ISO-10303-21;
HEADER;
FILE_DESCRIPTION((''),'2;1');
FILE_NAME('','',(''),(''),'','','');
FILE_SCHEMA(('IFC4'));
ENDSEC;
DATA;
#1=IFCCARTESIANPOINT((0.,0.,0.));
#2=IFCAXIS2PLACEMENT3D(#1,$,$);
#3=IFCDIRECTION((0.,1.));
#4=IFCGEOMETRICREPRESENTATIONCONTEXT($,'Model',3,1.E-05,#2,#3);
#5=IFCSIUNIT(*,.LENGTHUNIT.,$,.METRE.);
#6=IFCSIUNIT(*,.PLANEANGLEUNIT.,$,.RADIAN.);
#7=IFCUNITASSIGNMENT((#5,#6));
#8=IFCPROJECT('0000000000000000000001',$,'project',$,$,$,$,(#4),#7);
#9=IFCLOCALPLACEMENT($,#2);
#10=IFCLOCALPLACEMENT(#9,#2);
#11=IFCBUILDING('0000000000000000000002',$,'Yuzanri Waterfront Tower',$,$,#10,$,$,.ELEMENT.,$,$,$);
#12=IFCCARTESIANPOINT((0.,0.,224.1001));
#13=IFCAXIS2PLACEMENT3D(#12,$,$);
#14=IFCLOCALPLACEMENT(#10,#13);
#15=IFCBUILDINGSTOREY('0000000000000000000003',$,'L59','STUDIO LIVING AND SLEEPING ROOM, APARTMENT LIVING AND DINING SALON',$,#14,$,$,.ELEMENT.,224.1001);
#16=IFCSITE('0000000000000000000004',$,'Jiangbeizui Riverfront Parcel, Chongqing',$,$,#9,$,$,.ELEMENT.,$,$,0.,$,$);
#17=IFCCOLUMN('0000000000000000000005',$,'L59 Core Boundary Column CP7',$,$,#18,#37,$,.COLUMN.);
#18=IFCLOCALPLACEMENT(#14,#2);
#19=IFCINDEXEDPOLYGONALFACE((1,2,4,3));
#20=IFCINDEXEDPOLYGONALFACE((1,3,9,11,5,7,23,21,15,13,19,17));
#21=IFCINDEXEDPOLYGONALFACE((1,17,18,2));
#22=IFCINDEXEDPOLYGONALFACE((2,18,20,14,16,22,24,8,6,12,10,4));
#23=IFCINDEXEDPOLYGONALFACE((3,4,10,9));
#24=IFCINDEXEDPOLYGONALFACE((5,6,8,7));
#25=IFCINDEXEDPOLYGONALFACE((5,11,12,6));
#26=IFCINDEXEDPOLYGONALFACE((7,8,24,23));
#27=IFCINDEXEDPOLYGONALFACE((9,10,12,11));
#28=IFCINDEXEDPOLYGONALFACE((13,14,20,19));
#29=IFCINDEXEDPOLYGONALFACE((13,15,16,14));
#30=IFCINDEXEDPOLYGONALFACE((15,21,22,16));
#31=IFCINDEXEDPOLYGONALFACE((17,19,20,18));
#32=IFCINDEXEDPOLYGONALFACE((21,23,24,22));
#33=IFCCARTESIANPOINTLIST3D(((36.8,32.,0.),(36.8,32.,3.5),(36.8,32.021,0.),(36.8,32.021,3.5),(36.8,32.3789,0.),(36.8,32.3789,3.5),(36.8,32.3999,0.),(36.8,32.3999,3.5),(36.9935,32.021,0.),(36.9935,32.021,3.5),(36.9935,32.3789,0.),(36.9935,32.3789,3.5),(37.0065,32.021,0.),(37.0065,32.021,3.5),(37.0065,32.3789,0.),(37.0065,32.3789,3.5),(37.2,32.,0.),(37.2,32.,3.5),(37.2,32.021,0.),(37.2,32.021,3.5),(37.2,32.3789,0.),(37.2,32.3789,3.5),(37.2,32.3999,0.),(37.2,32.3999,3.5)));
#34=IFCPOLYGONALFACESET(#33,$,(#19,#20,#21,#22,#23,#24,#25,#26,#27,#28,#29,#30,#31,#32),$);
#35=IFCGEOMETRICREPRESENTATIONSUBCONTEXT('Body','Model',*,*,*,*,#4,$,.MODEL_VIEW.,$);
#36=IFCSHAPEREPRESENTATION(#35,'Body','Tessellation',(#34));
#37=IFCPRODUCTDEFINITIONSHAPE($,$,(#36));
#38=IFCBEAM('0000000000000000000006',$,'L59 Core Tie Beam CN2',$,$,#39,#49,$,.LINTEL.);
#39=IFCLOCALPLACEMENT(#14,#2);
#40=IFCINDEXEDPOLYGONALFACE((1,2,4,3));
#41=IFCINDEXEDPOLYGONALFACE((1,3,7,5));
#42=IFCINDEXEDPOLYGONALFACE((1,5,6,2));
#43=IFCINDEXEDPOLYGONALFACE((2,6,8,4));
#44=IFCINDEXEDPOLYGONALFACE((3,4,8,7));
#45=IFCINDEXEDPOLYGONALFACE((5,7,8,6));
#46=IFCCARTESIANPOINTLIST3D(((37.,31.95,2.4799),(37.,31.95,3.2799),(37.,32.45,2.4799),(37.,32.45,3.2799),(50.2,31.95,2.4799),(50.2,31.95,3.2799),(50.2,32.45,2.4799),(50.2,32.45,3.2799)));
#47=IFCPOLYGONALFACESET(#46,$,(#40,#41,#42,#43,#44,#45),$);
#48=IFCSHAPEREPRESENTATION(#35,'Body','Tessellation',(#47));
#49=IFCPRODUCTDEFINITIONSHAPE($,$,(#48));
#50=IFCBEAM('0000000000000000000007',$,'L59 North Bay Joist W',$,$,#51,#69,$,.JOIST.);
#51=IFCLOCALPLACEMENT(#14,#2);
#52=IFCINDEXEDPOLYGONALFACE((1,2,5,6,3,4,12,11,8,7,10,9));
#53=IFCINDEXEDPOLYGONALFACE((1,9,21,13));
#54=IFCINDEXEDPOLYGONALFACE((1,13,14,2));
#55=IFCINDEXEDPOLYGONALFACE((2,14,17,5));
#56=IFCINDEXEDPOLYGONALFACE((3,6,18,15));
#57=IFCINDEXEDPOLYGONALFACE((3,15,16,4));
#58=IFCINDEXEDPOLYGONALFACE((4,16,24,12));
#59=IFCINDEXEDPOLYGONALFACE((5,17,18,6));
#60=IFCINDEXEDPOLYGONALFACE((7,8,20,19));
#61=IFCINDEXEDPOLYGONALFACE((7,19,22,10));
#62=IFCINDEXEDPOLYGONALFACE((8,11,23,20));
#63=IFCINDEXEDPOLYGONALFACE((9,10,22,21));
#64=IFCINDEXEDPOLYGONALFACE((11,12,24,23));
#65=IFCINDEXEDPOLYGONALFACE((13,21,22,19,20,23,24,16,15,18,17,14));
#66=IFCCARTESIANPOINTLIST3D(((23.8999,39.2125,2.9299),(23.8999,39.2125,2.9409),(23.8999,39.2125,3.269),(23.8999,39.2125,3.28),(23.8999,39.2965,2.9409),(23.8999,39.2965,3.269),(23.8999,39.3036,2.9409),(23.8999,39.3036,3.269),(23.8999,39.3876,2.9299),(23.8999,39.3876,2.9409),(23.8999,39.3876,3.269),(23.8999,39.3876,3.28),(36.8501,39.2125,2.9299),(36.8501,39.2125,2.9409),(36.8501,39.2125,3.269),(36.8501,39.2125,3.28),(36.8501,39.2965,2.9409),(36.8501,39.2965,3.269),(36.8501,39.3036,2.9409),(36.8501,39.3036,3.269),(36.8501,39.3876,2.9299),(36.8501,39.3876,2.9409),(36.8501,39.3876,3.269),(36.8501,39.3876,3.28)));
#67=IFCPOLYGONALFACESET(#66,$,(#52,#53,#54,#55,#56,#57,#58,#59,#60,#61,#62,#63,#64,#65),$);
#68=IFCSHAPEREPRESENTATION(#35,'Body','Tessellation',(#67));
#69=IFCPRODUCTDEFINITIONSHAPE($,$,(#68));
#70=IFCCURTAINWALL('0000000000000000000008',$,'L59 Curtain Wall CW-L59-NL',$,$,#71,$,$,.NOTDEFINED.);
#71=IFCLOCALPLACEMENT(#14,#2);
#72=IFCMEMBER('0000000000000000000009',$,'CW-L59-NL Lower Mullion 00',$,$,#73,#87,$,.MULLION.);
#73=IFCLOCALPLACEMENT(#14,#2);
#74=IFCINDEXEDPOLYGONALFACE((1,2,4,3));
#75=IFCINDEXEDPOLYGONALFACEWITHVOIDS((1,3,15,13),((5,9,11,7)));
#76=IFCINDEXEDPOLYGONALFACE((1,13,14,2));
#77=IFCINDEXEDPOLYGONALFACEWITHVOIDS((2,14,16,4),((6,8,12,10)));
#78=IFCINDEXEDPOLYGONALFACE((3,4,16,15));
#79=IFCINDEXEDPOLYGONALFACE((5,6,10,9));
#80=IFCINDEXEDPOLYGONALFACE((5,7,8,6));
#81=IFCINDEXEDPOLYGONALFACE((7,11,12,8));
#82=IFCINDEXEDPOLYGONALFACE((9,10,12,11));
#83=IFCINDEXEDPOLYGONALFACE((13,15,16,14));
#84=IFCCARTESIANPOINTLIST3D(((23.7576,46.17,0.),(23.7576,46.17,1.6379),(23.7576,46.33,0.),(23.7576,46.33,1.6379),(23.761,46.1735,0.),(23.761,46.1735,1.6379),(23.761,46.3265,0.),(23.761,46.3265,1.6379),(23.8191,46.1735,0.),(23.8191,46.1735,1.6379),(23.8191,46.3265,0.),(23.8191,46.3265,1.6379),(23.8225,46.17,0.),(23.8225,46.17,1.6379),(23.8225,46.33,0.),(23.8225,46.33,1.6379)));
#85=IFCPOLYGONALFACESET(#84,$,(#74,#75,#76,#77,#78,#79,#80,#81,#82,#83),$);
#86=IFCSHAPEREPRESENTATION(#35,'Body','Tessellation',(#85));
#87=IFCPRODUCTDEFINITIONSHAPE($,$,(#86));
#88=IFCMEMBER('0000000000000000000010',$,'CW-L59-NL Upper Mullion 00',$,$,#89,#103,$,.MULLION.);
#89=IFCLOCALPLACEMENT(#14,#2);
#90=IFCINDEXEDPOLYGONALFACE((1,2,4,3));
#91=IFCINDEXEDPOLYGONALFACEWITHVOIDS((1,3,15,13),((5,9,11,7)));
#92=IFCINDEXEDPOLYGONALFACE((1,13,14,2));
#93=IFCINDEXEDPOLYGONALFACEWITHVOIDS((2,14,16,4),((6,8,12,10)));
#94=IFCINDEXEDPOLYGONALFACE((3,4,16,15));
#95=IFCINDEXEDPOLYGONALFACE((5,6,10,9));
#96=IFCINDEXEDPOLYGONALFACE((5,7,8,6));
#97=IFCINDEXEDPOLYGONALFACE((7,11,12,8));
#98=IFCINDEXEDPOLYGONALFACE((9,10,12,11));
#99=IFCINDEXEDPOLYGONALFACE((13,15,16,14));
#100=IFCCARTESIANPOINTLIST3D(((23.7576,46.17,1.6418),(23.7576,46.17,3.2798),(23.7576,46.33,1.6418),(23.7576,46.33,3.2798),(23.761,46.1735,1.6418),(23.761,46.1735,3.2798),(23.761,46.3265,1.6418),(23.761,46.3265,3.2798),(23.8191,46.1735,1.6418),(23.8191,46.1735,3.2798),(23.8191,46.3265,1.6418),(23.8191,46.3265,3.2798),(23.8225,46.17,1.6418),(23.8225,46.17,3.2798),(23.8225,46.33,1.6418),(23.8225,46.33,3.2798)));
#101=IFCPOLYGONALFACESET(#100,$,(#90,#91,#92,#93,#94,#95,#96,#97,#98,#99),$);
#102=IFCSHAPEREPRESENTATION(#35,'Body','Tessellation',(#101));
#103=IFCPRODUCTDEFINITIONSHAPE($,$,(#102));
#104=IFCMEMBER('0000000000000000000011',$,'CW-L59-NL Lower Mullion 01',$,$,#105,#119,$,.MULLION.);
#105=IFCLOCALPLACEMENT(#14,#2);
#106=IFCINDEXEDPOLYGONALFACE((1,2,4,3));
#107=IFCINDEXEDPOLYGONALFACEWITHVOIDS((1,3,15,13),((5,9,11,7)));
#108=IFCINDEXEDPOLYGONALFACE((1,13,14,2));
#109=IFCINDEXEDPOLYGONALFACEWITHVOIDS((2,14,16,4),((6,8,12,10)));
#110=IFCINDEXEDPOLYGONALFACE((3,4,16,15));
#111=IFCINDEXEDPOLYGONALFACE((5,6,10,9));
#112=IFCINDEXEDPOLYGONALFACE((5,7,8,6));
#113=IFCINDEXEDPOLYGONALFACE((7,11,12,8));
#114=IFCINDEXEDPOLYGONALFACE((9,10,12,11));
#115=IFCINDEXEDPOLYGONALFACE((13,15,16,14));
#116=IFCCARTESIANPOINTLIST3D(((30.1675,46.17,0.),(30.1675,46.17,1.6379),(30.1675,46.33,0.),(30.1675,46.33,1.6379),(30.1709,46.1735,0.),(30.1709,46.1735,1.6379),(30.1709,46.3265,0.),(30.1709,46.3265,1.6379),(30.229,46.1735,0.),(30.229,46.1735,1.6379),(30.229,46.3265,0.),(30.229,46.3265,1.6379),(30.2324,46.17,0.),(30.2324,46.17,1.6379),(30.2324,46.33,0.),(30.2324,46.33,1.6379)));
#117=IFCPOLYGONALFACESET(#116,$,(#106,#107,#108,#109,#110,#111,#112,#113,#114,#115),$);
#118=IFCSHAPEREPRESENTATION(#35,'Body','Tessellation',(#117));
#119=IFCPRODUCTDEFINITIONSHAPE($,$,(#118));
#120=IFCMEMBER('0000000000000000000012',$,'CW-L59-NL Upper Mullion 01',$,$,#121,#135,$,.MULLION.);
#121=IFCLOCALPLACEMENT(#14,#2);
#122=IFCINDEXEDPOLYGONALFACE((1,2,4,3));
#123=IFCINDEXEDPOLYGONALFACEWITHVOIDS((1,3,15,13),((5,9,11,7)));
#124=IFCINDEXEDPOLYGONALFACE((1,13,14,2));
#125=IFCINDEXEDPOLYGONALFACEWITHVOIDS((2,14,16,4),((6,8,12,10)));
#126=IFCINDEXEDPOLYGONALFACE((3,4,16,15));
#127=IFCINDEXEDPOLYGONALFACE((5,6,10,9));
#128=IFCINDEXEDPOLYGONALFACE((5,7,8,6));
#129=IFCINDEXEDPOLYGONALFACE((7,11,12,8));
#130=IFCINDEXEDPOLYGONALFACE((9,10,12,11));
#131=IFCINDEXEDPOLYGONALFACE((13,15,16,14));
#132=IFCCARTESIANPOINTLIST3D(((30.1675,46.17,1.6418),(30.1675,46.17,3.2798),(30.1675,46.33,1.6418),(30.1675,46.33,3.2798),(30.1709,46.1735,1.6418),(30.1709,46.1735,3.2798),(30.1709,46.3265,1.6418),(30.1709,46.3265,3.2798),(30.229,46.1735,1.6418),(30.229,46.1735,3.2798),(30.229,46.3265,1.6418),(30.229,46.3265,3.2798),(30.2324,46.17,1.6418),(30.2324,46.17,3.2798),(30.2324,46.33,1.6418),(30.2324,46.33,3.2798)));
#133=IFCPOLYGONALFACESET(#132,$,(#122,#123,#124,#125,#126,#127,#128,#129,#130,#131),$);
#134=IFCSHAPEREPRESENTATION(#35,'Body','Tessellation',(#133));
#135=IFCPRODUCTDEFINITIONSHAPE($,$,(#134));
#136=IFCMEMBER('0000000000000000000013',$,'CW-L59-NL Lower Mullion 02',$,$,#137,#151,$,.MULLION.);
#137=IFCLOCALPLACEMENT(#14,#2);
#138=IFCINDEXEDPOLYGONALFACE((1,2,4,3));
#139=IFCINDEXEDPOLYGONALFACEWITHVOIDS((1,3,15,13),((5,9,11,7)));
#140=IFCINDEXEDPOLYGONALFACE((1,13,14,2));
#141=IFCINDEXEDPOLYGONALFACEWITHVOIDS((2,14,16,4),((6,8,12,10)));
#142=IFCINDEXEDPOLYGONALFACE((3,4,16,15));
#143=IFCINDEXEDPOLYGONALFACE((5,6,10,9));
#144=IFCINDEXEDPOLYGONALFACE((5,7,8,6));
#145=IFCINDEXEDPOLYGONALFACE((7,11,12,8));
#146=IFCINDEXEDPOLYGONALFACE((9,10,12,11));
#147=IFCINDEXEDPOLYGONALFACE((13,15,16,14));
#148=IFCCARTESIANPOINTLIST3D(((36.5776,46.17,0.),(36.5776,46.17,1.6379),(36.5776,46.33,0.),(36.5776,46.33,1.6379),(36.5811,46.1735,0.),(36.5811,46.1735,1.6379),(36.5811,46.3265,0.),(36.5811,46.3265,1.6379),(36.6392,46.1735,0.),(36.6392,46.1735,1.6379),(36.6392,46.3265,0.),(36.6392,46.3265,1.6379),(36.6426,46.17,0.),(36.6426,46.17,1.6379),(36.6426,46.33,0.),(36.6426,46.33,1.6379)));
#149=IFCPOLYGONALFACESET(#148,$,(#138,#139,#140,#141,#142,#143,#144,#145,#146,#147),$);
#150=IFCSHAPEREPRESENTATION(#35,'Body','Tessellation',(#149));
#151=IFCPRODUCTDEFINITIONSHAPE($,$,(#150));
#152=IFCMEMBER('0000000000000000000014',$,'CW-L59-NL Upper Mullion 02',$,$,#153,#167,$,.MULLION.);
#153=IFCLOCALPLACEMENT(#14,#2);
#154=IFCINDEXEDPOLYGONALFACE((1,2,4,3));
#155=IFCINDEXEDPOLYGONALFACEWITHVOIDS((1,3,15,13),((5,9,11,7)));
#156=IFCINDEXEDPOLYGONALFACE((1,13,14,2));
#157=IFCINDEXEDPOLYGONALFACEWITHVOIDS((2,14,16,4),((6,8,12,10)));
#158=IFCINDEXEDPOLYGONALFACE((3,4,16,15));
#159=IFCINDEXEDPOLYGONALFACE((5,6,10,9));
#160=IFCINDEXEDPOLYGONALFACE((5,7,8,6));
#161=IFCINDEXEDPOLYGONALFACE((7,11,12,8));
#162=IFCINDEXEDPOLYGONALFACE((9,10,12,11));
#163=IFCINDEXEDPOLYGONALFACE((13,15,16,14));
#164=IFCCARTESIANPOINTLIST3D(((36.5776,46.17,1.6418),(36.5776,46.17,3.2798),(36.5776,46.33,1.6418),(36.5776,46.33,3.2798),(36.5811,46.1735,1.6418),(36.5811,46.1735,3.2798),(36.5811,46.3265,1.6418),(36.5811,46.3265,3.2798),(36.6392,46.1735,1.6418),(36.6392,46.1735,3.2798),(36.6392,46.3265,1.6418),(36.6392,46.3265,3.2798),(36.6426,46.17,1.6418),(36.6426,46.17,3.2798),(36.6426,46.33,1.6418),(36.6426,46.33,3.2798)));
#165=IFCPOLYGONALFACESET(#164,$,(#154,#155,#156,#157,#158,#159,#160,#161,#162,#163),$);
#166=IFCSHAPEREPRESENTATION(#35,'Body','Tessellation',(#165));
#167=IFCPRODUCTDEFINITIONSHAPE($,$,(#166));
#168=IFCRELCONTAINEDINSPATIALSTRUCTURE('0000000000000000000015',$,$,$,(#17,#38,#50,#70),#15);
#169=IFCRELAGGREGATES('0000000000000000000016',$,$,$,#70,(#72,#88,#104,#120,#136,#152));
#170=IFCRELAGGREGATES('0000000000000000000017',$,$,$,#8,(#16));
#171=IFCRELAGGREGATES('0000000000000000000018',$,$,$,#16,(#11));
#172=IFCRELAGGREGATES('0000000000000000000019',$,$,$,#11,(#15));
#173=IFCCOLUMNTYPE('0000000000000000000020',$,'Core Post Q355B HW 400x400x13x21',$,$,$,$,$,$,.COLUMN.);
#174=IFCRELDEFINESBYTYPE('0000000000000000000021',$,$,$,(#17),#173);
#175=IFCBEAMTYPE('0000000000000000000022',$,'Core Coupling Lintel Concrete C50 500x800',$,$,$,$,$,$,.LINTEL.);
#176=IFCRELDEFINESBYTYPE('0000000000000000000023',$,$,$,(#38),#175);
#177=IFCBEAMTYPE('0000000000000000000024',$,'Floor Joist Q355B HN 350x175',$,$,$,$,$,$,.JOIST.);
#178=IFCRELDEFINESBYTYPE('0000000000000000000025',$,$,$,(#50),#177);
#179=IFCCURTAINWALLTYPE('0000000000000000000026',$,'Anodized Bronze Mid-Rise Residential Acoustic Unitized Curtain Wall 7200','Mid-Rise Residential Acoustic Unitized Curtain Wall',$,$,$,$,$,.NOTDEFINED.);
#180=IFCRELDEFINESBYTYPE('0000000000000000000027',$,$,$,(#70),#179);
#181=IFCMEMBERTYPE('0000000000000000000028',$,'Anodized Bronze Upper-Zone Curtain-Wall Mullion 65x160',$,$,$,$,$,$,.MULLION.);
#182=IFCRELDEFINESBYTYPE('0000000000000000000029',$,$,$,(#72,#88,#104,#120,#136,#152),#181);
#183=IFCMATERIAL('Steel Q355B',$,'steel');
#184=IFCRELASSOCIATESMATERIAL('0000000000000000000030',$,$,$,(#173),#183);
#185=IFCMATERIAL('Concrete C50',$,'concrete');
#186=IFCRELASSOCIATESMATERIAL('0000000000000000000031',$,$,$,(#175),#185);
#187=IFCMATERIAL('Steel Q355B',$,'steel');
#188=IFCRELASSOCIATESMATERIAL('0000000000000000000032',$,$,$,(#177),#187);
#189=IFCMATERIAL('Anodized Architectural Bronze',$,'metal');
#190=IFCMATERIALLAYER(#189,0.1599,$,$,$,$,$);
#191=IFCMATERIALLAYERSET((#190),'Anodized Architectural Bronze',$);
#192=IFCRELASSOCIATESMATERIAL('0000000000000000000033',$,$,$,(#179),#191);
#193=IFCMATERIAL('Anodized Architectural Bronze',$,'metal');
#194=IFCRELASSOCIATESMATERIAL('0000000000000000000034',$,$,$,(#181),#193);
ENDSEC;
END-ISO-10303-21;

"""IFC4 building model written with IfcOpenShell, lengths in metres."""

from ifc_helpers import new_model, si_unit, direction, frame, origin, origin_2d, place, context, subcontext, project, spatial, rectangle, hollow_rectangle, i_section, extrude, source, transform, mapped, material, layer, layer_set, material_profile, profile_set, type_object, element, aggregate, save


model = new_model("IFC4")

# Units and contexts
model_context = context("Model", 3, precision=1e-05, world=origin(), true_north=direction((0.0, 1.0)))
body_context = subcontext(model_context, "Body", "Model", "MODEL_VIEW")
ifc_project = project(units=[si_unit("LENGTHUNIT", "METRE"), si_unit("PLANEANGLEUNIT", "RADIAN")], contexts=[model_context])

# Site, building, storey
site_placement = place(None, origin())
site = spatial("IfcSite", under=ifc_project, at=site_placement, Name="Jiangbeizui Riverfront Parcel, Chongqing", CompositionType="ELEMENT", RefElevation=0.0)
building_placement = place(site_placement, origin())
building = spatial("IfcBuilding", under=site, at=building_placement, Name="Yuzanri Waterfront Tower", CompositionType="ELEMENT")
storey_placement = place(building_placement, frame((0.0, 0.0, 224.1001)))
storey = spatial("IfcBuildingStorey", under=building, at=storey_placement, Name="L59", Description="STUDIO LIVING AND SLEEPING ROOM, APARTMENT LIVING AND DINING SALON", CompositionType="ELEMENT", Elevation=224.1001)

# Column
ifc_material_1 = material(Name="Steel Q355B", Category="steel")
ifc_material_profile_1 = material_profile(ifc_material_1, i_section(OverallWidth=0.3999, OverallDepth=0.3999, WebThickness=0.0129, FlangeThickness=0.021, at=origin_2d()), Name="HW 400x400x13x21")
ifc_profile_set_1 = profile_set([ifc_material_profile_1], Name="Steel Q355B")
column_type = type_object("IfcColumnType", Name="Core Post Q355B HW 400x400x13x21", PredefinedType="COLUMN", material=ifc_profile_set_1)
shared_shape_1 = source(origin(), body_context, "Body", "SweptSolid", [
    extrude(i_section(OverallWidth=0.3999, OverallDepth=0.3999, WebThickness=0.0129, FlangeThickness=0.021, at=origin_2d()), origin(), (0.0, 0.0, 1.0), 3.5),
])
column_placement = place(storey_placement, frame((37.0, 32.2, 0.0), z_axis=(0.0, 0.0, 1.0), x_axis=(1.0, 0.0, 0.0)))
element("IfcColumn", 1, at=column_placement, inside=storey, type_object=column_type, Name="L59 Core Boundary Column CP7", PredefinedType="COLUMN", context=body_context, shape_type="MappedRepresentation", body=[
    mapped(shared_shape_1, transform((0.0, 0.0, 0.0), scale=1.0)),
])

# Beams
ifc_material_2 = material(Name="Concrete C50", Category="concrete")
ifc_material_profile_2 = material_profile(ifc_material_2, rectangle(XDim=0.5, YDim=0.8, at=origin_2d()), Name="RC 500x800")
ifc_profile_set_2 = profile_set([ifc_material_profile_2], Name="Concrete C50")
beam_type_1 = type_object("IfcBeamType", Name="Core Coupling Lintel Concrete C50 500x800", PredefinedType="LINTEL", material=ifc_profile_set_2)
shared_shape_2 = source(origin(), body_context, "Body", "SweptSolid", [
    extrude(rectangle(XDim=0.5, YDim=0.8, at=origin_2d()), origin(), (0.0, 0.0, 1.0), 13.2),
])
beam_1_placement = place(storey_placement, frame((37.0, 32.2, 2.8799), z_axis=(1.0, 0.0, 0.0), x_axis=(0.0, 1.0, 0.0)))
element("IfcBeam", 2, at=beam_1_placement, inside=storey, type_object=beam_type_1, Name="L59 Core Tie Beam CN2", PredefinedType="LINTEL", context=body_context, shape_type="MappedRepresentation", body=[
    mapped(shared_shape_2, transform((0.0, 0.0, 0.0), scale=1.0)),
])
ifc_material_3 = material(Name="Steel Q355B", Category="steel")
ifc_material_profile_3 = material_profile(ifc_material_3, i_section(OverallWidth=0.175, OverallDepth=0.3501, WebThickness=0.0071, FlangeThickness=0.011, at=origin_2d()), Name="HN 350x175x7x11")
ifc_profile_set_3 = profile_set([ifc_material_profile_3], Name="Steel Q355B")
beam_type_2 = type_object("IfcBeamType", Name="Floor Joist Q355B HN 350x175", PredefinedType="JOIST", material=ifc_profile_set_3)
shared_shape_3 = source(origin(), body_context, "Body", "SweptSolid", [
    extrude(i_section(OverallWidth=0.175, OverallDepth=0.3501, WebThickness=0.0071, FlangeThickness=0.011, at=origin_2d()), origin(), (0.0, 0.0, 1.0), 12.9502),
])
beam_2_placement = place(storey_placement, frame((23.8999, 39.3, 3.105), z_axis=(1.0, 0.0, 0.0), x_axis=(0.0, 1.0, 0.0)))
element("IfcBeam", 3, at=beam_2_placement, inside=storey, type_object=beam_type_2, Name="L59 North Bay Joist W", PredefinedType="JOIST", context=body_context, shape_type="MappedRepresentation", body=[
    mapped(shared_shape_3, transform((0.0, 0.0, 0.0), scale=1.0)),
])

# Curtain wall, members
ifc_material_4 = material(Name="Anodized Architectural Bronze", Category="metal")
ifc_layer_1 = layer(ifc_material_4, 0.1599)
ifc_layer_set_1 = layer_set([ifc_layer_1], Name="Anodized Architectural Bronze")
curtain_wall_type = type_object("IfcCurtainWallType", Name="Anodized Bronze Mid-Rise Residential Acoustic Unitized Curtain Wall 7200", Description="Mid-Rise Residential Acoustic Unitized Curtain Wall", PredefinedType="NOTDEFINED", material=ifc_layer_set_1)
curtain_wall_placement = place(storey_placement, origin())
curtain_wall = element("IfcCurtainWall", 4, at=curtain_wall_placement, inside=storey, type_object=curtain_wall_type, Name="L59 Curtain Wall CW-L59-NL", PredefinedType="NOTDEFINED")
ifc_material_5 = material(Name="Anodized Architectural Bronze", Category="metal")
ifc_material_profile_4 = material_profile(ifc_material_5, hollow_rectangle(XDim=0.0649, YDim=0.1599, WallThickness=0.0034, at=origin_2d()), Name="CWM 65x160")
ifc_profile_set_4 = profile_set([ifc_material_profile_4], Name="Anodized Architectural Bronze")
member_type_1 = type_object("IfcMemberType", Name="Anodized Bronze Upper-Zone Curtain-Wall Mullion 65x160", PredefinedType="MULLION", material=ifc_profile_set_4)
shared_shape_4 = source(origin(), body_context, "Body", "SweptSolid", [
    extrude(hollow_rectangle(XDim=0.0649, YDim=0.1599, WallThickness=0.0034, at=origin_2d()), origin(), (0.0, 0.0, 1.0), 1.6379),
])
member_1_placement = place(storey_placement, frame((23.79, 46.25, 0.0), z_axis=(0.0, 0.0, 1.0), x_axis=(1.0, 0.0, 0.0)))
member_1 = element("IfcMember", 5, at=member_1_placement, type_object=member_type_1, Name="CW-L59-NL Lower Mullion 00", PredefinedType="MULLION", context=body_context, shape_type="MappedRepresentation", body=[
    mapped(shared_shape_4, transform((0.0, 0.0, 0.0), scale=1.0)),
])
member_2_placement = place(storey_placement, frame((23.79, 46.25, 1.6418), z_axis=(0.0, 0.0, 1.0), x_axis=(1.0, 0.0, 0.0)))
member_2 = element("IfcMember", 6, at=member_2_placement, type_object=member_type_1, Name="CW-L59-NL Upper Mullion 00", PredefinedType="MULLION", context=body_context, shape_type="MappedRepresentation", body=[
    mapped(shared_shape_4, transform((0.0, 0.0, 0.0), scale=1.0)),
])
member_3_placement = place(storey_placement, frame((30.2, 46.25, 0.0), z_axis=(0.0, 0.0, 1.0), x_axis=(1.0, 0.0, 0.0)))
member_3 = element("IfcMember", 7, at=member_3_placement, type_object=member_type_1, Name="CW-L59-NL Lower Mullion 01", PredefinedType="MULLION", context=body_context, shape_type="MappedRepresentation", body=[
    mapped(shared_shape_4, transform((0.0, 0.0, 0.0), scale=1.0)),
])
member_4_placement = place(storey_placement, frame((30.2, 46.25, 1.6418), z_axis=(0.0, 0.0, 1.0), x_axis=(1.0, 0.0, 0.0)))
member_4 = element("IfcMember", 8, at=member_4_placement, type_object=member_type_1, Name="CW-L59-NL Upper Mullion 01", PredefinedType="MULLION", context=body_context, shape_type="MappedRepresentation", body=[
    mapped(shared_shape_4, transform((0.0, 0.0, 0.0), scale=1.0)),
])
member_5_placement = place(storey_placement, frame((36.6101, 46.25, 0.0), z_axis=(0.0, 0.0, 1.0), x_axis=(1.0, 0.0, 0.0)))
member_5 = element("IfcMember", 9, at=member_5_placement, type_object=member_type_1, Name="CW-L59-NL Lower Mullion 02", PredefinedType="MULLION", context=body_context, shape_type="MappedRepresentation", body=[
    mapped(shared_shape_4, transform((0.0, 0.0, 0.0), scale=1.0)),
])
member_6_placement = place(storey_placement, frame((36.6101, 46.25, 1.6418), z_axis=(0.0, 0.0, 1.0), x_axis=(1.0, 0.0, 0.0)))
member_6 = element("IfcMember", 10, at=member_6_placement, type_object=member_type_1, Name="CW-L59-NL Upper Mullion 02", PredefinedType="MULLION", context=body_context, shape_type="MappedRepresentation", body=[
    mapped(shared_shape_4, transform((0.0, 0.0, 0.0), scale=1.0)),
])

aggregate(curtain_wall, [member_1, member_2, member_3, member_4, member_5, member_6])

save(model, "model.ifc")
